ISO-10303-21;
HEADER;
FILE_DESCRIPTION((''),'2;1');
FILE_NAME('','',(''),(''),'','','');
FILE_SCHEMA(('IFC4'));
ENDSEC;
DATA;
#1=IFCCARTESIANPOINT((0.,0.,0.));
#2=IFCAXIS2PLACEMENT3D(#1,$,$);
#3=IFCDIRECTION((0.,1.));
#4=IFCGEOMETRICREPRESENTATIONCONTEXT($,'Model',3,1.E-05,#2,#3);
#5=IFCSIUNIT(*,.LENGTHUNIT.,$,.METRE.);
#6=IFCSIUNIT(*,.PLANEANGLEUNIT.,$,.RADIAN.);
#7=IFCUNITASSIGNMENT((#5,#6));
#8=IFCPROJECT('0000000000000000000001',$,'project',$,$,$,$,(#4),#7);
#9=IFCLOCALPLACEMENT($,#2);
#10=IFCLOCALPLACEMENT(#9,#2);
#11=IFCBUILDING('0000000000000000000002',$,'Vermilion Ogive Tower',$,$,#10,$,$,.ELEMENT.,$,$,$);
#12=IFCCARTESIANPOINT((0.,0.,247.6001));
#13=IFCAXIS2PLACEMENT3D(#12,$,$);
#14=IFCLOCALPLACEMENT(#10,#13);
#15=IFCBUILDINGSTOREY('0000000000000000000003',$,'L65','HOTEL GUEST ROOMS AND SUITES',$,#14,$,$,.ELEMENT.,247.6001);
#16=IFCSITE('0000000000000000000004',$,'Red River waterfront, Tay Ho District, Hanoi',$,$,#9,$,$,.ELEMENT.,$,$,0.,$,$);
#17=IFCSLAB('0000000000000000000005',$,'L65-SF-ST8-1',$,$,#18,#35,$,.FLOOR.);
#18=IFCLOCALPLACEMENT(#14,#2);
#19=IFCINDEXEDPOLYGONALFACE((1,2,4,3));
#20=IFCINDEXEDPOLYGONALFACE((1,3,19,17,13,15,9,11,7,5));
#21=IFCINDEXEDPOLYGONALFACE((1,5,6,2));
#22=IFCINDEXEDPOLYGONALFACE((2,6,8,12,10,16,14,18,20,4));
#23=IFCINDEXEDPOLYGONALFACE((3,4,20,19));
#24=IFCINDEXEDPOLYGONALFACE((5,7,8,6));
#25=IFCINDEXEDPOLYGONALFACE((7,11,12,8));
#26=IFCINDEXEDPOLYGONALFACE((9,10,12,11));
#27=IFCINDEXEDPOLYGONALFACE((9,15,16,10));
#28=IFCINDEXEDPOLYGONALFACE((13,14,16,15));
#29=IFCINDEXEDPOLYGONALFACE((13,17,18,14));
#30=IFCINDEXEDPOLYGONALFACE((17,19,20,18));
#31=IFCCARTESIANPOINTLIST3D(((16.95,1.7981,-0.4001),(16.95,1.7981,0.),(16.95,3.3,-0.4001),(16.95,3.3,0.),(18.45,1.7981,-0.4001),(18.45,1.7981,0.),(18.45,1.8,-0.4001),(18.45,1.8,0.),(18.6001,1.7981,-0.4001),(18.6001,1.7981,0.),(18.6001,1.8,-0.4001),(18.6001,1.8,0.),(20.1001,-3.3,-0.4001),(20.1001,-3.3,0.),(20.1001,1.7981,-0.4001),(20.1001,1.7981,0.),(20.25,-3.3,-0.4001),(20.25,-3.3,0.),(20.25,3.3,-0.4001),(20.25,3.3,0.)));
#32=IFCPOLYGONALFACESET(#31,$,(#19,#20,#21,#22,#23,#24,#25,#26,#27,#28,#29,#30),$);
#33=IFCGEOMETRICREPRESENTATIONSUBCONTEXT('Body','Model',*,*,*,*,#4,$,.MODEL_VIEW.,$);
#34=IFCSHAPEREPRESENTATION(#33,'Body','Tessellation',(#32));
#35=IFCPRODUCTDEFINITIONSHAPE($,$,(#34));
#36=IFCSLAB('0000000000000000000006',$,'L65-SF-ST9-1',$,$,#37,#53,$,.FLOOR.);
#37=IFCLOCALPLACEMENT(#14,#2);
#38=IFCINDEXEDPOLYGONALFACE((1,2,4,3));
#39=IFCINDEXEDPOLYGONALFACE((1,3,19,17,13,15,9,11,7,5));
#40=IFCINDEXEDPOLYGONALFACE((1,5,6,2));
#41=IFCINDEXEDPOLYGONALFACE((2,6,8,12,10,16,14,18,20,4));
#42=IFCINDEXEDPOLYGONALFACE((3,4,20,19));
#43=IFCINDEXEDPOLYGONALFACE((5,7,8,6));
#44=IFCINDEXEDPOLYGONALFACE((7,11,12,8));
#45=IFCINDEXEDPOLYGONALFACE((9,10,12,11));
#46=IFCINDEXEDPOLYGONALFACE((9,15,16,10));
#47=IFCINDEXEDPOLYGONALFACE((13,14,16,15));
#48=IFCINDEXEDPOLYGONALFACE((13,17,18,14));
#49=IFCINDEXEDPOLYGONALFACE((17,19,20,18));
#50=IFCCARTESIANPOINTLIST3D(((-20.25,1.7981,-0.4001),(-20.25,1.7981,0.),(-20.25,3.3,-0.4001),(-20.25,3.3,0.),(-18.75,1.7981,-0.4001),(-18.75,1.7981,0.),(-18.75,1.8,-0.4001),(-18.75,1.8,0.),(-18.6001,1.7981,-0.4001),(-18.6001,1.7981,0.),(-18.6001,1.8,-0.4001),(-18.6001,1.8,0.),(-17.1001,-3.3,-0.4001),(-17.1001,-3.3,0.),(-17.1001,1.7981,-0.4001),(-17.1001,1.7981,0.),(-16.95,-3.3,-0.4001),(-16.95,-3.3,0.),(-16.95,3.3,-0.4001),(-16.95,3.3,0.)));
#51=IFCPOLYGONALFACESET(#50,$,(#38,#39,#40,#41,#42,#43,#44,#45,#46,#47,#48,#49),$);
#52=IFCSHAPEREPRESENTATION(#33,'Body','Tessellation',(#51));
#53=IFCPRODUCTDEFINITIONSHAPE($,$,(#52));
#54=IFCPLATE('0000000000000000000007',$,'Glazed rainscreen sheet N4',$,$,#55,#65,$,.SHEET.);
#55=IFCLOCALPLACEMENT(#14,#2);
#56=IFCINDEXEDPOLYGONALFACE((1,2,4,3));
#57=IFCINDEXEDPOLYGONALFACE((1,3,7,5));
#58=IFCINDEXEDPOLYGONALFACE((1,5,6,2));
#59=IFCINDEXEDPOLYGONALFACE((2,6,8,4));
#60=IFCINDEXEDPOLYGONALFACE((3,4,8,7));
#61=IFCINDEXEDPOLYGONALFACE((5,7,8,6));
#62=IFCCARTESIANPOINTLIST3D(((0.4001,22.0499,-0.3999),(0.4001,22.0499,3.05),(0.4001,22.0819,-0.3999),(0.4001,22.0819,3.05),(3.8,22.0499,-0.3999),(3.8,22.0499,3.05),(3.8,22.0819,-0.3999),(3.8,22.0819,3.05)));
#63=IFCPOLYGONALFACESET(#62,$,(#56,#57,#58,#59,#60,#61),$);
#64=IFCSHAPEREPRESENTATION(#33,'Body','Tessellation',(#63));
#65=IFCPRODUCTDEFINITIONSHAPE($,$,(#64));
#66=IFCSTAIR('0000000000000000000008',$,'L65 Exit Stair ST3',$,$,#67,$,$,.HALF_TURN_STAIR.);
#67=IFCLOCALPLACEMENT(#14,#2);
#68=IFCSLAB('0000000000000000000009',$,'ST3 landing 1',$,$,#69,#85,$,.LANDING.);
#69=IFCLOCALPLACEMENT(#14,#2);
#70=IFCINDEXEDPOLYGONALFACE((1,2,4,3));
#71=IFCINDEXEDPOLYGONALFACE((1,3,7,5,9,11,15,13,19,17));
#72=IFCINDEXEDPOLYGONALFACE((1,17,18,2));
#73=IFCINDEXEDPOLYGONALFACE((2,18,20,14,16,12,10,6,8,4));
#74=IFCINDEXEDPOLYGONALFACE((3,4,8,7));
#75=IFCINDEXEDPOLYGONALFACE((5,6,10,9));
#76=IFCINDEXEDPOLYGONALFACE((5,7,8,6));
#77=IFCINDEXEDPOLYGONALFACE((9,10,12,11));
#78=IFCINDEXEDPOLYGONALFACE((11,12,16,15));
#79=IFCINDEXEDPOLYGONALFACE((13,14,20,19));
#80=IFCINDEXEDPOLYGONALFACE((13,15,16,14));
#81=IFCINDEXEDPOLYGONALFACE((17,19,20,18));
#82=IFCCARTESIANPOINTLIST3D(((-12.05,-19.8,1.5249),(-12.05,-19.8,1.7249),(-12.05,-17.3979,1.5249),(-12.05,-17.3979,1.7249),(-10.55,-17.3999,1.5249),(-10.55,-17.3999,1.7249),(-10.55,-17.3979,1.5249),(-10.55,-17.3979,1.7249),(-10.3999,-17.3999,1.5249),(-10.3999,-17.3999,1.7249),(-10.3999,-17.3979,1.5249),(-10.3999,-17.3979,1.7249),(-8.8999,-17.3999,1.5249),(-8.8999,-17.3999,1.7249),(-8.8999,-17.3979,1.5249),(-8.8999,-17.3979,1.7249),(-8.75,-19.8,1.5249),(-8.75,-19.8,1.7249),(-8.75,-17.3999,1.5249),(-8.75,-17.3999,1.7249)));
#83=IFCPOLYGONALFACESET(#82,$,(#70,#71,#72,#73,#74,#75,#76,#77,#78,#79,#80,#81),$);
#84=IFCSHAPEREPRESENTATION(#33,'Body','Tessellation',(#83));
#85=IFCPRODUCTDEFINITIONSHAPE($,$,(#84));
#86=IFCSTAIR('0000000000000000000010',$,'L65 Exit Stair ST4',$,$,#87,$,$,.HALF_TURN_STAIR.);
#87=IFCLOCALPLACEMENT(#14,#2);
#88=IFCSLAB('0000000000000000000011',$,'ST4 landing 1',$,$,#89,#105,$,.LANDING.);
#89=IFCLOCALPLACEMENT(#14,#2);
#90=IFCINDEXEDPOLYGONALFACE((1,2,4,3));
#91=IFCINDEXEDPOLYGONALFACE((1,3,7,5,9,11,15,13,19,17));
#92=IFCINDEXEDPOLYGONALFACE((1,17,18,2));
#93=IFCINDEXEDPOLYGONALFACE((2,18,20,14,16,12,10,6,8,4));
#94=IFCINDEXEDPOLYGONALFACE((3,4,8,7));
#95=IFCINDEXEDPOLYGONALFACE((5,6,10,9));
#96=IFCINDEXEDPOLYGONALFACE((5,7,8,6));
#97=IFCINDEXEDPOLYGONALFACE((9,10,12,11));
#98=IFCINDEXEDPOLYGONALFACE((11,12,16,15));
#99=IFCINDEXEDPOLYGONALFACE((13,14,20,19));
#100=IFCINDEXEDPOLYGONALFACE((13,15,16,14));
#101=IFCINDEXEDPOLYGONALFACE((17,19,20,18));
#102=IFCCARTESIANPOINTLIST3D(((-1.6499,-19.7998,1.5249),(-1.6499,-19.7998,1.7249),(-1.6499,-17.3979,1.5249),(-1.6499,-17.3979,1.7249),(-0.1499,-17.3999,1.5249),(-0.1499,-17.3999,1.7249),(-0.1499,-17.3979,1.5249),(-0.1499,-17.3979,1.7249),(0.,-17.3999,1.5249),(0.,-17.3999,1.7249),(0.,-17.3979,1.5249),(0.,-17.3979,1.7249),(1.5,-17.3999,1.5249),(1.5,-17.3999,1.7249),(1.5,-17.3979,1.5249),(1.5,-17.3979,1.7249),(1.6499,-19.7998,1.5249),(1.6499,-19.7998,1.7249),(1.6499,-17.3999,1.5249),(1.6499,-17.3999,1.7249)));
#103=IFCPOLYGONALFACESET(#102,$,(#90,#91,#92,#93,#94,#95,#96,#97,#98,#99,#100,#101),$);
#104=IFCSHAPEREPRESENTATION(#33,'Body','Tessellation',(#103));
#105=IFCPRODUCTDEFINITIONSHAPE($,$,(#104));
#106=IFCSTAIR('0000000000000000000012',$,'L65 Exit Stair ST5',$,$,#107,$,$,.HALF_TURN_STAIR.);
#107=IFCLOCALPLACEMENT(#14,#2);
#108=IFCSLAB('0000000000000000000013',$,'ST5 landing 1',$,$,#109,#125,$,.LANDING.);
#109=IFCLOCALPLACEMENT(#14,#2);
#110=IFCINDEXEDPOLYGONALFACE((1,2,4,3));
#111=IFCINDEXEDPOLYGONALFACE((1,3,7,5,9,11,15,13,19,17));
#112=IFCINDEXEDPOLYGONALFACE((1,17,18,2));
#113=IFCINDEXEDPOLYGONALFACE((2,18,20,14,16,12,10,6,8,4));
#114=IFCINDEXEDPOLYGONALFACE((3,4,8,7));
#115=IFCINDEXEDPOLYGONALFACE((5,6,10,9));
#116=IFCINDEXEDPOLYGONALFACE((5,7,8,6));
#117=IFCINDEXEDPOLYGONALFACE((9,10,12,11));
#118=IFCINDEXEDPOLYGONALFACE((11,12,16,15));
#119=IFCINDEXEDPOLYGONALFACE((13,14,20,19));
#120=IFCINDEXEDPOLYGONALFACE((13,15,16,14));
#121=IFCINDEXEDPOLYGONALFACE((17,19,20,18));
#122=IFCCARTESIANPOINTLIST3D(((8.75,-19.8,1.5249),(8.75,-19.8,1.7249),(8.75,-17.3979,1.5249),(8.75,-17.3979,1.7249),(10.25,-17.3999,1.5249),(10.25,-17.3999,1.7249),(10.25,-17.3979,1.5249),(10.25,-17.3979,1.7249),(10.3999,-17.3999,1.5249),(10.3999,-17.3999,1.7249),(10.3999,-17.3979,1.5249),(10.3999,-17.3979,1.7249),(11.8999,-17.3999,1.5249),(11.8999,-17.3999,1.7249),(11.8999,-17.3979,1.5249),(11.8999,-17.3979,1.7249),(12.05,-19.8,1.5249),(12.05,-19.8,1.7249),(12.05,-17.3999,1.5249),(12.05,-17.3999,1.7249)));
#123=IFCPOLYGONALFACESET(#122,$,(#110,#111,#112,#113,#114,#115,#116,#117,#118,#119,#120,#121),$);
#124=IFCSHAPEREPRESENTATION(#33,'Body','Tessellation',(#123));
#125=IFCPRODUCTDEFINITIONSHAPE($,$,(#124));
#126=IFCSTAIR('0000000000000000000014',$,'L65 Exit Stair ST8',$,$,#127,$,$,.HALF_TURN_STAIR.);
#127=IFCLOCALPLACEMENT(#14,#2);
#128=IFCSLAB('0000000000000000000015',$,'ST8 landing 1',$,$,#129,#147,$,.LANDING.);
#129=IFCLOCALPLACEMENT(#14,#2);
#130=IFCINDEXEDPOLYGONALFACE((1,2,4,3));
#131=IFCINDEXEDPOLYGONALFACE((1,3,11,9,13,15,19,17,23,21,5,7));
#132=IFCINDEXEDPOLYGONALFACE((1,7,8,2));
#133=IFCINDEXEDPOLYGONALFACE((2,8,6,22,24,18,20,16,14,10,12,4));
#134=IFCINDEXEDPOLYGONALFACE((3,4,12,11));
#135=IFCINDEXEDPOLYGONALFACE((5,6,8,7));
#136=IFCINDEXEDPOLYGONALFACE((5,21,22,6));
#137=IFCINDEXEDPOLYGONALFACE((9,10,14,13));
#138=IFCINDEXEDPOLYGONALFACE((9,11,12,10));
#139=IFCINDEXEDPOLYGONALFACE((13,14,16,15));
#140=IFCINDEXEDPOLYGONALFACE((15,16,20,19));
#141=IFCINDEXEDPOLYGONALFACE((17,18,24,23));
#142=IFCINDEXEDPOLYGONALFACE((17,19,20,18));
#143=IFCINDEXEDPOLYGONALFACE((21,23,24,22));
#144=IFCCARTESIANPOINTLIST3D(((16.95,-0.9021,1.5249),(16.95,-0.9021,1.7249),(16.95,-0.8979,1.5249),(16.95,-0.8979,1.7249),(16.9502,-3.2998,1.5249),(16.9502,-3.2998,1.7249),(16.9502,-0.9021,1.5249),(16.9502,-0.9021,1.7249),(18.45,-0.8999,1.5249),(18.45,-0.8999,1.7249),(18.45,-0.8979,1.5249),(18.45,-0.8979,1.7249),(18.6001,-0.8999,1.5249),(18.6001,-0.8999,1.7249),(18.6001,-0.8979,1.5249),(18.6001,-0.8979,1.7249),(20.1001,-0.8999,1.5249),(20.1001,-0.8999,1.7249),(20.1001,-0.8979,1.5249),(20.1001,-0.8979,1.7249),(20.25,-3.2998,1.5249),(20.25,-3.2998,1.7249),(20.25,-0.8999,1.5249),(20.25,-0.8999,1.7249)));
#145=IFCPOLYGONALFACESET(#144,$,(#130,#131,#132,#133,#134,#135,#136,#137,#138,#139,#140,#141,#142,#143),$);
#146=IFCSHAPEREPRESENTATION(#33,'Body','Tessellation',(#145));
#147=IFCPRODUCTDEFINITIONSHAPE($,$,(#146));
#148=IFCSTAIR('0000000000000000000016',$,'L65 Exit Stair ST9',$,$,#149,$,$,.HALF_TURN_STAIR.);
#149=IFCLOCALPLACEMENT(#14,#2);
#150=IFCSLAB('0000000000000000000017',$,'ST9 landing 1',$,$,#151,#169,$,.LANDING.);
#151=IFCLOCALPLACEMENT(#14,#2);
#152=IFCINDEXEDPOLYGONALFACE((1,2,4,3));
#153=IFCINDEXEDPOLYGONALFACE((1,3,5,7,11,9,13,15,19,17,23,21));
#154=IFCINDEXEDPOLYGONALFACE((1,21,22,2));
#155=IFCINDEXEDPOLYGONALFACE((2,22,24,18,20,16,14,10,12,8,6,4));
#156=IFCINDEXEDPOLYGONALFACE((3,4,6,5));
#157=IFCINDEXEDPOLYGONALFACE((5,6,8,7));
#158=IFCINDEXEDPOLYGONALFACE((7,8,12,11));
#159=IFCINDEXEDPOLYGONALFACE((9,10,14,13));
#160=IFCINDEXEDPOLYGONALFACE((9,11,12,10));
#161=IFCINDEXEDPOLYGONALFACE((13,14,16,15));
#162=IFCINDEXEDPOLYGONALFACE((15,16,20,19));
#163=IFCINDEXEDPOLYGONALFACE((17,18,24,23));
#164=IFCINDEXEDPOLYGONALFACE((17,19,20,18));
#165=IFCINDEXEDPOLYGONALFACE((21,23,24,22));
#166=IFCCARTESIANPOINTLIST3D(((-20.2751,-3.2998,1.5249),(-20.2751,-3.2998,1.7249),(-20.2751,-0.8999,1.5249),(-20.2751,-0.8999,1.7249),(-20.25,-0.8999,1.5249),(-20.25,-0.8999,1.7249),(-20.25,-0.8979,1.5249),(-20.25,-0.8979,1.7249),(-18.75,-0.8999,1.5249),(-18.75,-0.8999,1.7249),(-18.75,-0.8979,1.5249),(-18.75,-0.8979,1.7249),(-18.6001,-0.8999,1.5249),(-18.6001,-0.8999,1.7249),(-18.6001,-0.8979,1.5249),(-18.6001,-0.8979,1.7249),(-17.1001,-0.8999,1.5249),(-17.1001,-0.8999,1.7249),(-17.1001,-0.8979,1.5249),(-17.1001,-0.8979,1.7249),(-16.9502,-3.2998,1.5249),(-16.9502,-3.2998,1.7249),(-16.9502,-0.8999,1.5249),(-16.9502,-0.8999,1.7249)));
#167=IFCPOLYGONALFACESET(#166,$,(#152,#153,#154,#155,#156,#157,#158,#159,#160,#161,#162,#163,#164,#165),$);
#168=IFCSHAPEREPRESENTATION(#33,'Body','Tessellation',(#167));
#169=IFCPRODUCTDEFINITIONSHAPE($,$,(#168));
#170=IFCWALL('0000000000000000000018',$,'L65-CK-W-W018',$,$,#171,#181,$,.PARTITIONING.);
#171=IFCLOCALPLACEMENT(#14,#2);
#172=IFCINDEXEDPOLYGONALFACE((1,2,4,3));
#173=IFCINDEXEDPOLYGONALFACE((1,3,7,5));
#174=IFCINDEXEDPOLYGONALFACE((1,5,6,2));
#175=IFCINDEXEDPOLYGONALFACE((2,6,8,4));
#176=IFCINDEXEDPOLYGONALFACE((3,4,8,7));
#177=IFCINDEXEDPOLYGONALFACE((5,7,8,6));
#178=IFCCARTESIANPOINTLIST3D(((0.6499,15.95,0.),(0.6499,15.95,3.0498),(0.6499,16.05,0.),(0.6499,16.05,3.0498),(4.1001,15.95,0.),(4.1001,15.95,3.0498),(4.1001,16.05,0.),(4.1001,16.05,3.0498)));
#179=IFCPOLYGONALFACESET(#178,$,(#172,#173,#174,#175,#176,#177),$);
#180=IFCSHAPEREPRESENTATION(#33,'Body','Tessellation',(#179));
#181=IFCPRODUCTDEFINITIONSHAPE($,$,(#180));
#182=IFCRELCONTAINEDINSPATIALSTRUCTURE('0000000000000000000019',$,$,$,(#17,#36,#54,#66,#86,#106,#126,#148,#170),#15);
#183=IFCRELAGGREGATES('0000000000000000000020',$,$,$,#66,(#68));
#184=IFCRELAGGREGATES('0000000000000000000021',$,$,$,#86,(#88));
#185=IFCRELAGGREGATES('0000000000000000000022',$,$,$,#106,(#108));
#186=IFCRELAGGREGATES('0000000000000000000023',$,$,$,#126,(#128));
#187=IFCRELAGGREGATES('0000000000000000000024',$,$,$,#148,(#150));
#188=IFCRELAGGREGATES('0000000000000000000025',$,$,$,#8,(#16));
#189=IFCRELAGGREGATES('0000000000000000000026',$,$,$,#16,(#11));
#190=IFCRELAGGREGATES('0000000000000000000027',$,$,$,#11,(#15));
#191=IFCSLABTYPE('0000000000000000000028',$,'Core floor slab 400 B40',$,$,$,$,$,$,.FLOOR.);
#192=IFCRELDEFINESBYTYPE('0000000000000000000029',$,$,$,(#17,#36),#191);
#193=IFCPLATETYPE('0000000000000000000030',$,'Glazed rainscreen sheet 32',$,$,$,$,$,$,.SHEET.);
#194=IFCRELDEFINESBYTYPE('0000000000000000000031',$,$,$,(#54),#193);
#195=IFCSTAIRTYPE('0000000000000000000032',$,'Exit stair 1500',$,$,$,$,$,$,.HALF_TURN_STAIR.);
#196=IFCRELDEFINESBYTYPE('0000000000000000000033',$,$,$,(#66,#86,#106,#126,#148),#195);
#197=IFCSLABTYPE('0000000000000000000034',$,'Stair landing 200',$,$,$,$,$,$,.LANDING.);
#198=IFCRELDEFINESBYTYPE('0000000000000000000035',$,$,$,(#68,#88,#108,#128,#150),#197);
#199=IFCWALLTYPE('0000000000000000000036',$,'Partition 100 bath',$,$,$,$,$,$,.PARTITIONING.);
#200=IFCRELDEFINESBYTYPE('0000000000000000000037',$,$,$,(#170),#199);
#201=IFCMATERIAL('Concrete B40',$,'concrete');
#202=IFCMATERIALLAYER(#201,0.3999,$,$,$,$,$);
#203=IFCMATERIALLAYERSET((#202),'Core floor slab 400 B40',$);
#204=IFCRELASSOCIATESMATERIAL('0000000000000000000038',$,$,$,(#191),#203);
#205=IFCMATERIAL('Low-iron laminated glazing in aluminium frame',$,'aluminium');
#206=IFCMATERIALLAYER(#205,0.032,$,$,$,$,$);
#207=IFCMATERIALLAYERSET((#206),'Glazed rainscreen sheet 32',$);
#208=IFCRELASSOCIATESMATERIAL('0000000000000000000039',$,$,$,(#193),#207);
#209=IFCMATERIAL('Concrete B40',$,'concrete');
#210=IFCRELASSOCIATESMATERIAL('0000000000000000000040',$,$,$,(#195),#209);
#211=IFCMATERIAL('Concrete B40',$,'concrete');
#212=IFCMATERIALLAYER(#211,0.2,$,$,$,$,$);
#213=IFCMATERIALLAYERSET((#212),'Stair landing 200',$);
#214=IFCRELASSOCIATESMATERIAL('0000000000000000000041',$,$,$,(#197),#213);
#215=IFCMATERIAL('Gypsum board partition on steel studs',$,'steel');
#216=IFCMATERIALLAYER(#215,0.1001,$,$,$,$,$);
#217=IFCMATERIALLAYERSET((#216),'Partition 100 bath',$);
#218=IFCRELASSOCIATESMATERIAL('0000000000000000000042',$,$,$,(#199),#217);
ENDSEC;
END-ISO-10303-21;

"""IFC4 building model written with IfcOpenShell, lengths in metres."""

from ifc_helpers import new_model, si_unit, direction, frame, frame_2d, origin, origin_2d, place, context, subcontext, project, spatial, polyline, rectangle, outline, extrude, material, layer, layer_set, type_object, element, aggregate, save


model = new_model("IFC4")

# Units and contexts
model_context = context("Model", 3, precision=1e-05, world=origin(), true_north=direction((0.0, 1.0)))
body_context = subcontext(model_context, "Body", "Model", "MODEL_VIEW")
ifc_project = project(units=[si_unit("LENGTHUNIT", "METRE"), si_unit("PLANEANGLEUNIT", "RADIAN")], contexts=[model_context])

# Site, building, storey
site_placement = place(None, origin())
site = spatial("IfcSite", under=ifc_project, at=site_placement, Name="Red River waterfront, Tay Ho District, Hanoi", CompositionType="ELEMENT", RefElevation=0.0)
building_placement = place(site_placement, origin())
building = spatial("IfcBuilding", under=site, at=building_placement, Name="Vermilion Ogive Tower", CompositionType="ELEMENT")
storey_placement = place(building_placement, frame((0.0, 0.0, 247.6001)))
storey = spatial("IfcBuildingStorey", under=building, at=storey_placement, Name="L65", Description="HOTEL GUEST ROOMS AND SUITES", CompositionType="ELEMENT", Elevation=247.6001)

# Slabs
ifc_material_1 = material(Name="Concrete B40", Category="concrete")
ifc_layer_1 = layer(ifc_material_1, 0.3999)
ifc_layer_set_1 = layer_set([ifc_layer_1], Name="Core floor slab 400 B40")
slab_type_1 = type_object("IfcSlabType", Name="Core floor slab 400 B40", PredefinedType="FLOOR", material=ifc_layer_set_1)
slab_1_placement = place(storey_placement, frame((0.0, 0.0, -0.4001)))
element("IfcSlab", 1, at=slab_1_placement, inside=storey, type_object=slab_type_1, Name="L65-SF-ST8-1", PredefinedType="FLOOR", context=body_context, shape_type="SweptSolid", body=[
    extrude(outline(polyline([(16.95, 3.3), (16.95, 1.7981), (18.45, 1.7981), (18.45, 1.8), (18.6001, 1.8), (18.6001, 1.7981), (20.1001, 1.7981), (20.1001, -3.3), (20.25, -3.3), (20.25, 3.3), (16.95, 3.3)])), origin(), (0.0, 0.0, 1.0), 0.4001),
])
slab_2_placement = place(storey_placement, frame((0.0, 0.0, -0.4001)))
element("IfcSlab", 2, at=slab_2_placement, inside=storey, type_object=slab_type_1, Name="L65-SF-ST9-1", PredefinedType="FLOOR", context=body_context, shape_type="SweptSolid", body=[
    extrude(outline(polyline([(-20.25, 3.3), (-20.25, 1.7981), (-18.75, 1.7981), (-18.75, 1.8), (-18.6001, 1.8), (-18.6001, 1.7981), (-17.1001, 1.7981), (-17.1001, -3.3), (-16.95, -3.3), (-16.95, 3.3), (-20.25, 3.3)])), origin(), (0.0, 0.0, 1.0), 0.4001),
])

# Plate
ifc_material_2 = material(Name="Low-iron laminated glazing in aluminium frame", Category="aluminium")
ifc_layer_2 = layer(ifc_material_2, 0.032)
ifc_layer_set_2 = layer_set([ifc_layer_2], Name="Glazed rainscreen sheet 32")
plate_type = type_object("IfcPlateType", Name="Glazed rainscreen sheet 32", PredefinedType="SHEET", material=ifc_layer_set_2)
plate_placement = place(storey_placement, frame((2.1001, 22.0659, -0.3999), z_axis=(0.0, 0.0, 1.0), x_axis=(1.0, 0.0, 0.0)))
element("IfcPlate", 3, at=plate_placement, inside=storey, type_object=plate_type, Name="Glazed rainscreen sheet N4", PredefinedType="SHEET", context=body_context, shape_type="SweptSolid", body=[
    extrude(rectangle(XDim=3.3999, YDim=0.032, at=origin_2d()), origin(), (0.0, 0.0, 1.0), 3.45),
])

# Stairs, slabs
ifc_material_3 = material(Name="Concrete B40", Category="concrete")
stair_type = type_object("IfcStairType", Name="Exit stair 1500", PredefinedType="HALF_TURN_STAIR", material=ifc_material_3)
stair_1_placement = place(storey_placement, origin())
stair_1 = element("IfcStair", 4, at=stair_1_placement, inside=storey, type_object=stair_type, Name="L65 Exit Stair ST3", PredefinedType="HALF_TURN_STAIR")
ifc_material_4 = material(Name="Concrete B40", Category="concrete")
ifc_layer_3 = layer(ifc_material_4, 0.2)
ifc_layer_set_3 = layer_set([ifc_layer_3], Name="Stair landing 200")
slab_type_2 = type_object("IfcSlabType", Name="Stair landing 200", PredefinedType="LANDING", material=ifc_layer_set_3)
slab_3_placement = place(storey_placement, frame((0.0, 0.0, 1.5249)))
slab_3 = element("IfcSlab", 5, at=slab_3_placement, type_object=slab_type_2, Name="ST3 landing 1", PredefinedType="LANDING", context=body_context, shape_type="SweptSolid", body=[
    extrude(outline(polyline([(-8.75, -17.3999), (-8.8999, -17.3999), (-8.8999, -17.3979), (-10.3999, -17.3979), (-10.3999, -17.3999), (-10.55, -17.3999), (-10.55, -17.3979), (-12.05, -17.3979), (-12.05, -19.8), (-8.75, -19.8), (-8.75, -17.3999)])), origin(), (0.0, 0.0, 1.0), 0.2),
])
aggregate(stair_1, [slab_3])
stair_2_placement = place(storey_placement, origin())
stair_2 = element("IfcStair", 6, at=stair_2_placement, inside=storey, type_object=stair_type, Name="L65 Exit Stair ST4", PredefinedType="HALF_TURN_STAIR")
slab_4_placement = place(storey_placement, frame((0.0, 0.0, 1.5249)))
slab_4 = element("IfcSlab", 7, at=slab_4_placement, type_object=slab_type_2, Name="ST4 landing 1", PredefinedType="LANDING", context=body_context, shape_type="SweptSolid", body=[
    extrude(outline(polyline([(1.6499, -17.3999), (1.5, -17.3999), (1.5, -17.3979), (0.0, -17.3979), (0.0, -17.3999), (-0.1499, -17.3999), (-0.1499, -17.3979), (-1.6499, -17.3979), (-1.6499, -19.7998), (1.6499, -19.7998), (1.6499, -17.3999)])), origin(), (0.0, 0.0, 1.0), 0.2),
])
aggregate(stair_2, [slab_4])
stair_3_placement = place(storey_placement, origin())
stair_3 = element("IfcStair", 8, at=stair_3_placement, inside=storey, type_object=stair_type, Name="L65 Exit Stair ST5", PredefinedType="HALF_TURN_STAIR")
slab_5_placement = place(storey_placement, frame((0.0, 0.0, 1.5249)))
slab_5 = element("IfcSlab", 9, at=slab_5_placement, type_object=slab_type_2, Name="ST5 landing 1", PredefinedType="LANDING", context=body_context, shape_type="SweptSolid", body=[
    extrude(outline(polyline([(12.05, -17.3999), (11.8999, -17.3999), (11.8999, -17.3979), (10.3999, -17.3979), (10.3999, -17.3999), (10.25, -17.3999), (10.25, -17.3979), (8.75, -17.3979), (8.75, -19.8), (12.05, -19.8), (12.05, -17.3999)])), origin(), (0.0, 0.0, 1.0), 0.2),
])
aggregate(stair_3, [slab_5])
stair_4_placement = place(storey_placement, origin())
stair_4 = element("IfcStair", 10, at=stair_4_placement, inside=storey, type_object=stair_type, Name="L65 Exit Stair ST8", PredefinedType="HALF_TURN_STAIR")
slab_6_placement = place(storey_placement, frame((0.0, 0.0, 1.5249)))
slab_6 = element("IfcSlab", 11, at=slab_6_placement, type_object=slab_type_2, Name="ST8 landing 1", PredefinedType="LANDING", context=body_context, shape_type="SweptSolid", body=[
    extrude(outline(polyline([(20.25, -0.8999), (20.1001, -0.8999), (20.1001, -0.8979), (18.6001, -0.8979), (18.6001, -0.8999), (18.45, -0.8999), (18.45, -0.8979), (16.95, -0.8979), (16.95, -0.9021), (16.9502, -0.9021), (16.9502, -3.2998), (20.25, -3.2998), (20.25, -0.8999)])), origin(), (0.0, 0.0, 1.0), 0.2),
])
aggregate(stair_4, [slab_6])
stair_5_placement = place(storey_placement, origin())
stair_5 = element("IfcStair", 12, at=stair_5_placement, inside=storey, type_object=stair_type, Name="L65 Exit Stair ST9", PredefinedType="HALF_TURN_STAIR")
slab_7_placement = place(storey_placement, frame((0.0, 0.0, 1.5249)))
slab_7 = element("IfcSlab", 13, at=slab_7_placement, type_object=slab_type_2, Name="ST9 landing 1", PredefinedType="LANDING", context=body_context, shape_type="SweptSolid", body=[
    extrude(outline(polyline([(-16.9502, -0.8999), (-17.1001, -0.8999), (-17.1001, -0.8979), (-18.6001, -0.8979), (-18.6001, -0.8999), (-18.75, -0.8999), (-18.75, -0.8979), (-20.25, -0.8979), (-20.25, -0.8999), (-20.2751, -0.8999), (-20.2751, -3.2998), (-16.9502, -3.2998), (-16.9502, -0.8999)])), origin(), (0.0, 0.0, 1.0), 0.2),
])
aggregate(stair_5, [slab_7])

# Wall
ifc_material_5 = material(Name="Gypsum board partition on steel studs", Category="steel")
ifc_layer_4 = layer(ifc_material_5, 0.1001)
ifc_layer_set_4 = layer_set([ifc_layer_4], Name="Partition 100 bath")
wall_type_1 = type_object("IfcWallType", Name="Partition 100 bath", PredefinedType="PARTITIONING", material=ifc_layer_set_4)
wall_1_placement = place(storey_placement, frame((0.6499, 16.0, 0.0), z_axis=(0.0, 0.0, 1.0), x_axis=(1.0, 0.0, 0.0)))
element("IfcWall", 14, at=wall_1_placement, inside=storey, type_object=wall_type_1, Name="L65-CK-W-W018", PredefinedType="PARTITIONING", context=body_context, shape_type="SweptSolid", body=[
    extrude(rectangle(XDim=3.4502, YDim=0.1001, at=frame_2d((1.7251, 0.0))), origin(), (0.0, 0.0, 1.0), 3.0498),
])

save(model, "model.ifc")
